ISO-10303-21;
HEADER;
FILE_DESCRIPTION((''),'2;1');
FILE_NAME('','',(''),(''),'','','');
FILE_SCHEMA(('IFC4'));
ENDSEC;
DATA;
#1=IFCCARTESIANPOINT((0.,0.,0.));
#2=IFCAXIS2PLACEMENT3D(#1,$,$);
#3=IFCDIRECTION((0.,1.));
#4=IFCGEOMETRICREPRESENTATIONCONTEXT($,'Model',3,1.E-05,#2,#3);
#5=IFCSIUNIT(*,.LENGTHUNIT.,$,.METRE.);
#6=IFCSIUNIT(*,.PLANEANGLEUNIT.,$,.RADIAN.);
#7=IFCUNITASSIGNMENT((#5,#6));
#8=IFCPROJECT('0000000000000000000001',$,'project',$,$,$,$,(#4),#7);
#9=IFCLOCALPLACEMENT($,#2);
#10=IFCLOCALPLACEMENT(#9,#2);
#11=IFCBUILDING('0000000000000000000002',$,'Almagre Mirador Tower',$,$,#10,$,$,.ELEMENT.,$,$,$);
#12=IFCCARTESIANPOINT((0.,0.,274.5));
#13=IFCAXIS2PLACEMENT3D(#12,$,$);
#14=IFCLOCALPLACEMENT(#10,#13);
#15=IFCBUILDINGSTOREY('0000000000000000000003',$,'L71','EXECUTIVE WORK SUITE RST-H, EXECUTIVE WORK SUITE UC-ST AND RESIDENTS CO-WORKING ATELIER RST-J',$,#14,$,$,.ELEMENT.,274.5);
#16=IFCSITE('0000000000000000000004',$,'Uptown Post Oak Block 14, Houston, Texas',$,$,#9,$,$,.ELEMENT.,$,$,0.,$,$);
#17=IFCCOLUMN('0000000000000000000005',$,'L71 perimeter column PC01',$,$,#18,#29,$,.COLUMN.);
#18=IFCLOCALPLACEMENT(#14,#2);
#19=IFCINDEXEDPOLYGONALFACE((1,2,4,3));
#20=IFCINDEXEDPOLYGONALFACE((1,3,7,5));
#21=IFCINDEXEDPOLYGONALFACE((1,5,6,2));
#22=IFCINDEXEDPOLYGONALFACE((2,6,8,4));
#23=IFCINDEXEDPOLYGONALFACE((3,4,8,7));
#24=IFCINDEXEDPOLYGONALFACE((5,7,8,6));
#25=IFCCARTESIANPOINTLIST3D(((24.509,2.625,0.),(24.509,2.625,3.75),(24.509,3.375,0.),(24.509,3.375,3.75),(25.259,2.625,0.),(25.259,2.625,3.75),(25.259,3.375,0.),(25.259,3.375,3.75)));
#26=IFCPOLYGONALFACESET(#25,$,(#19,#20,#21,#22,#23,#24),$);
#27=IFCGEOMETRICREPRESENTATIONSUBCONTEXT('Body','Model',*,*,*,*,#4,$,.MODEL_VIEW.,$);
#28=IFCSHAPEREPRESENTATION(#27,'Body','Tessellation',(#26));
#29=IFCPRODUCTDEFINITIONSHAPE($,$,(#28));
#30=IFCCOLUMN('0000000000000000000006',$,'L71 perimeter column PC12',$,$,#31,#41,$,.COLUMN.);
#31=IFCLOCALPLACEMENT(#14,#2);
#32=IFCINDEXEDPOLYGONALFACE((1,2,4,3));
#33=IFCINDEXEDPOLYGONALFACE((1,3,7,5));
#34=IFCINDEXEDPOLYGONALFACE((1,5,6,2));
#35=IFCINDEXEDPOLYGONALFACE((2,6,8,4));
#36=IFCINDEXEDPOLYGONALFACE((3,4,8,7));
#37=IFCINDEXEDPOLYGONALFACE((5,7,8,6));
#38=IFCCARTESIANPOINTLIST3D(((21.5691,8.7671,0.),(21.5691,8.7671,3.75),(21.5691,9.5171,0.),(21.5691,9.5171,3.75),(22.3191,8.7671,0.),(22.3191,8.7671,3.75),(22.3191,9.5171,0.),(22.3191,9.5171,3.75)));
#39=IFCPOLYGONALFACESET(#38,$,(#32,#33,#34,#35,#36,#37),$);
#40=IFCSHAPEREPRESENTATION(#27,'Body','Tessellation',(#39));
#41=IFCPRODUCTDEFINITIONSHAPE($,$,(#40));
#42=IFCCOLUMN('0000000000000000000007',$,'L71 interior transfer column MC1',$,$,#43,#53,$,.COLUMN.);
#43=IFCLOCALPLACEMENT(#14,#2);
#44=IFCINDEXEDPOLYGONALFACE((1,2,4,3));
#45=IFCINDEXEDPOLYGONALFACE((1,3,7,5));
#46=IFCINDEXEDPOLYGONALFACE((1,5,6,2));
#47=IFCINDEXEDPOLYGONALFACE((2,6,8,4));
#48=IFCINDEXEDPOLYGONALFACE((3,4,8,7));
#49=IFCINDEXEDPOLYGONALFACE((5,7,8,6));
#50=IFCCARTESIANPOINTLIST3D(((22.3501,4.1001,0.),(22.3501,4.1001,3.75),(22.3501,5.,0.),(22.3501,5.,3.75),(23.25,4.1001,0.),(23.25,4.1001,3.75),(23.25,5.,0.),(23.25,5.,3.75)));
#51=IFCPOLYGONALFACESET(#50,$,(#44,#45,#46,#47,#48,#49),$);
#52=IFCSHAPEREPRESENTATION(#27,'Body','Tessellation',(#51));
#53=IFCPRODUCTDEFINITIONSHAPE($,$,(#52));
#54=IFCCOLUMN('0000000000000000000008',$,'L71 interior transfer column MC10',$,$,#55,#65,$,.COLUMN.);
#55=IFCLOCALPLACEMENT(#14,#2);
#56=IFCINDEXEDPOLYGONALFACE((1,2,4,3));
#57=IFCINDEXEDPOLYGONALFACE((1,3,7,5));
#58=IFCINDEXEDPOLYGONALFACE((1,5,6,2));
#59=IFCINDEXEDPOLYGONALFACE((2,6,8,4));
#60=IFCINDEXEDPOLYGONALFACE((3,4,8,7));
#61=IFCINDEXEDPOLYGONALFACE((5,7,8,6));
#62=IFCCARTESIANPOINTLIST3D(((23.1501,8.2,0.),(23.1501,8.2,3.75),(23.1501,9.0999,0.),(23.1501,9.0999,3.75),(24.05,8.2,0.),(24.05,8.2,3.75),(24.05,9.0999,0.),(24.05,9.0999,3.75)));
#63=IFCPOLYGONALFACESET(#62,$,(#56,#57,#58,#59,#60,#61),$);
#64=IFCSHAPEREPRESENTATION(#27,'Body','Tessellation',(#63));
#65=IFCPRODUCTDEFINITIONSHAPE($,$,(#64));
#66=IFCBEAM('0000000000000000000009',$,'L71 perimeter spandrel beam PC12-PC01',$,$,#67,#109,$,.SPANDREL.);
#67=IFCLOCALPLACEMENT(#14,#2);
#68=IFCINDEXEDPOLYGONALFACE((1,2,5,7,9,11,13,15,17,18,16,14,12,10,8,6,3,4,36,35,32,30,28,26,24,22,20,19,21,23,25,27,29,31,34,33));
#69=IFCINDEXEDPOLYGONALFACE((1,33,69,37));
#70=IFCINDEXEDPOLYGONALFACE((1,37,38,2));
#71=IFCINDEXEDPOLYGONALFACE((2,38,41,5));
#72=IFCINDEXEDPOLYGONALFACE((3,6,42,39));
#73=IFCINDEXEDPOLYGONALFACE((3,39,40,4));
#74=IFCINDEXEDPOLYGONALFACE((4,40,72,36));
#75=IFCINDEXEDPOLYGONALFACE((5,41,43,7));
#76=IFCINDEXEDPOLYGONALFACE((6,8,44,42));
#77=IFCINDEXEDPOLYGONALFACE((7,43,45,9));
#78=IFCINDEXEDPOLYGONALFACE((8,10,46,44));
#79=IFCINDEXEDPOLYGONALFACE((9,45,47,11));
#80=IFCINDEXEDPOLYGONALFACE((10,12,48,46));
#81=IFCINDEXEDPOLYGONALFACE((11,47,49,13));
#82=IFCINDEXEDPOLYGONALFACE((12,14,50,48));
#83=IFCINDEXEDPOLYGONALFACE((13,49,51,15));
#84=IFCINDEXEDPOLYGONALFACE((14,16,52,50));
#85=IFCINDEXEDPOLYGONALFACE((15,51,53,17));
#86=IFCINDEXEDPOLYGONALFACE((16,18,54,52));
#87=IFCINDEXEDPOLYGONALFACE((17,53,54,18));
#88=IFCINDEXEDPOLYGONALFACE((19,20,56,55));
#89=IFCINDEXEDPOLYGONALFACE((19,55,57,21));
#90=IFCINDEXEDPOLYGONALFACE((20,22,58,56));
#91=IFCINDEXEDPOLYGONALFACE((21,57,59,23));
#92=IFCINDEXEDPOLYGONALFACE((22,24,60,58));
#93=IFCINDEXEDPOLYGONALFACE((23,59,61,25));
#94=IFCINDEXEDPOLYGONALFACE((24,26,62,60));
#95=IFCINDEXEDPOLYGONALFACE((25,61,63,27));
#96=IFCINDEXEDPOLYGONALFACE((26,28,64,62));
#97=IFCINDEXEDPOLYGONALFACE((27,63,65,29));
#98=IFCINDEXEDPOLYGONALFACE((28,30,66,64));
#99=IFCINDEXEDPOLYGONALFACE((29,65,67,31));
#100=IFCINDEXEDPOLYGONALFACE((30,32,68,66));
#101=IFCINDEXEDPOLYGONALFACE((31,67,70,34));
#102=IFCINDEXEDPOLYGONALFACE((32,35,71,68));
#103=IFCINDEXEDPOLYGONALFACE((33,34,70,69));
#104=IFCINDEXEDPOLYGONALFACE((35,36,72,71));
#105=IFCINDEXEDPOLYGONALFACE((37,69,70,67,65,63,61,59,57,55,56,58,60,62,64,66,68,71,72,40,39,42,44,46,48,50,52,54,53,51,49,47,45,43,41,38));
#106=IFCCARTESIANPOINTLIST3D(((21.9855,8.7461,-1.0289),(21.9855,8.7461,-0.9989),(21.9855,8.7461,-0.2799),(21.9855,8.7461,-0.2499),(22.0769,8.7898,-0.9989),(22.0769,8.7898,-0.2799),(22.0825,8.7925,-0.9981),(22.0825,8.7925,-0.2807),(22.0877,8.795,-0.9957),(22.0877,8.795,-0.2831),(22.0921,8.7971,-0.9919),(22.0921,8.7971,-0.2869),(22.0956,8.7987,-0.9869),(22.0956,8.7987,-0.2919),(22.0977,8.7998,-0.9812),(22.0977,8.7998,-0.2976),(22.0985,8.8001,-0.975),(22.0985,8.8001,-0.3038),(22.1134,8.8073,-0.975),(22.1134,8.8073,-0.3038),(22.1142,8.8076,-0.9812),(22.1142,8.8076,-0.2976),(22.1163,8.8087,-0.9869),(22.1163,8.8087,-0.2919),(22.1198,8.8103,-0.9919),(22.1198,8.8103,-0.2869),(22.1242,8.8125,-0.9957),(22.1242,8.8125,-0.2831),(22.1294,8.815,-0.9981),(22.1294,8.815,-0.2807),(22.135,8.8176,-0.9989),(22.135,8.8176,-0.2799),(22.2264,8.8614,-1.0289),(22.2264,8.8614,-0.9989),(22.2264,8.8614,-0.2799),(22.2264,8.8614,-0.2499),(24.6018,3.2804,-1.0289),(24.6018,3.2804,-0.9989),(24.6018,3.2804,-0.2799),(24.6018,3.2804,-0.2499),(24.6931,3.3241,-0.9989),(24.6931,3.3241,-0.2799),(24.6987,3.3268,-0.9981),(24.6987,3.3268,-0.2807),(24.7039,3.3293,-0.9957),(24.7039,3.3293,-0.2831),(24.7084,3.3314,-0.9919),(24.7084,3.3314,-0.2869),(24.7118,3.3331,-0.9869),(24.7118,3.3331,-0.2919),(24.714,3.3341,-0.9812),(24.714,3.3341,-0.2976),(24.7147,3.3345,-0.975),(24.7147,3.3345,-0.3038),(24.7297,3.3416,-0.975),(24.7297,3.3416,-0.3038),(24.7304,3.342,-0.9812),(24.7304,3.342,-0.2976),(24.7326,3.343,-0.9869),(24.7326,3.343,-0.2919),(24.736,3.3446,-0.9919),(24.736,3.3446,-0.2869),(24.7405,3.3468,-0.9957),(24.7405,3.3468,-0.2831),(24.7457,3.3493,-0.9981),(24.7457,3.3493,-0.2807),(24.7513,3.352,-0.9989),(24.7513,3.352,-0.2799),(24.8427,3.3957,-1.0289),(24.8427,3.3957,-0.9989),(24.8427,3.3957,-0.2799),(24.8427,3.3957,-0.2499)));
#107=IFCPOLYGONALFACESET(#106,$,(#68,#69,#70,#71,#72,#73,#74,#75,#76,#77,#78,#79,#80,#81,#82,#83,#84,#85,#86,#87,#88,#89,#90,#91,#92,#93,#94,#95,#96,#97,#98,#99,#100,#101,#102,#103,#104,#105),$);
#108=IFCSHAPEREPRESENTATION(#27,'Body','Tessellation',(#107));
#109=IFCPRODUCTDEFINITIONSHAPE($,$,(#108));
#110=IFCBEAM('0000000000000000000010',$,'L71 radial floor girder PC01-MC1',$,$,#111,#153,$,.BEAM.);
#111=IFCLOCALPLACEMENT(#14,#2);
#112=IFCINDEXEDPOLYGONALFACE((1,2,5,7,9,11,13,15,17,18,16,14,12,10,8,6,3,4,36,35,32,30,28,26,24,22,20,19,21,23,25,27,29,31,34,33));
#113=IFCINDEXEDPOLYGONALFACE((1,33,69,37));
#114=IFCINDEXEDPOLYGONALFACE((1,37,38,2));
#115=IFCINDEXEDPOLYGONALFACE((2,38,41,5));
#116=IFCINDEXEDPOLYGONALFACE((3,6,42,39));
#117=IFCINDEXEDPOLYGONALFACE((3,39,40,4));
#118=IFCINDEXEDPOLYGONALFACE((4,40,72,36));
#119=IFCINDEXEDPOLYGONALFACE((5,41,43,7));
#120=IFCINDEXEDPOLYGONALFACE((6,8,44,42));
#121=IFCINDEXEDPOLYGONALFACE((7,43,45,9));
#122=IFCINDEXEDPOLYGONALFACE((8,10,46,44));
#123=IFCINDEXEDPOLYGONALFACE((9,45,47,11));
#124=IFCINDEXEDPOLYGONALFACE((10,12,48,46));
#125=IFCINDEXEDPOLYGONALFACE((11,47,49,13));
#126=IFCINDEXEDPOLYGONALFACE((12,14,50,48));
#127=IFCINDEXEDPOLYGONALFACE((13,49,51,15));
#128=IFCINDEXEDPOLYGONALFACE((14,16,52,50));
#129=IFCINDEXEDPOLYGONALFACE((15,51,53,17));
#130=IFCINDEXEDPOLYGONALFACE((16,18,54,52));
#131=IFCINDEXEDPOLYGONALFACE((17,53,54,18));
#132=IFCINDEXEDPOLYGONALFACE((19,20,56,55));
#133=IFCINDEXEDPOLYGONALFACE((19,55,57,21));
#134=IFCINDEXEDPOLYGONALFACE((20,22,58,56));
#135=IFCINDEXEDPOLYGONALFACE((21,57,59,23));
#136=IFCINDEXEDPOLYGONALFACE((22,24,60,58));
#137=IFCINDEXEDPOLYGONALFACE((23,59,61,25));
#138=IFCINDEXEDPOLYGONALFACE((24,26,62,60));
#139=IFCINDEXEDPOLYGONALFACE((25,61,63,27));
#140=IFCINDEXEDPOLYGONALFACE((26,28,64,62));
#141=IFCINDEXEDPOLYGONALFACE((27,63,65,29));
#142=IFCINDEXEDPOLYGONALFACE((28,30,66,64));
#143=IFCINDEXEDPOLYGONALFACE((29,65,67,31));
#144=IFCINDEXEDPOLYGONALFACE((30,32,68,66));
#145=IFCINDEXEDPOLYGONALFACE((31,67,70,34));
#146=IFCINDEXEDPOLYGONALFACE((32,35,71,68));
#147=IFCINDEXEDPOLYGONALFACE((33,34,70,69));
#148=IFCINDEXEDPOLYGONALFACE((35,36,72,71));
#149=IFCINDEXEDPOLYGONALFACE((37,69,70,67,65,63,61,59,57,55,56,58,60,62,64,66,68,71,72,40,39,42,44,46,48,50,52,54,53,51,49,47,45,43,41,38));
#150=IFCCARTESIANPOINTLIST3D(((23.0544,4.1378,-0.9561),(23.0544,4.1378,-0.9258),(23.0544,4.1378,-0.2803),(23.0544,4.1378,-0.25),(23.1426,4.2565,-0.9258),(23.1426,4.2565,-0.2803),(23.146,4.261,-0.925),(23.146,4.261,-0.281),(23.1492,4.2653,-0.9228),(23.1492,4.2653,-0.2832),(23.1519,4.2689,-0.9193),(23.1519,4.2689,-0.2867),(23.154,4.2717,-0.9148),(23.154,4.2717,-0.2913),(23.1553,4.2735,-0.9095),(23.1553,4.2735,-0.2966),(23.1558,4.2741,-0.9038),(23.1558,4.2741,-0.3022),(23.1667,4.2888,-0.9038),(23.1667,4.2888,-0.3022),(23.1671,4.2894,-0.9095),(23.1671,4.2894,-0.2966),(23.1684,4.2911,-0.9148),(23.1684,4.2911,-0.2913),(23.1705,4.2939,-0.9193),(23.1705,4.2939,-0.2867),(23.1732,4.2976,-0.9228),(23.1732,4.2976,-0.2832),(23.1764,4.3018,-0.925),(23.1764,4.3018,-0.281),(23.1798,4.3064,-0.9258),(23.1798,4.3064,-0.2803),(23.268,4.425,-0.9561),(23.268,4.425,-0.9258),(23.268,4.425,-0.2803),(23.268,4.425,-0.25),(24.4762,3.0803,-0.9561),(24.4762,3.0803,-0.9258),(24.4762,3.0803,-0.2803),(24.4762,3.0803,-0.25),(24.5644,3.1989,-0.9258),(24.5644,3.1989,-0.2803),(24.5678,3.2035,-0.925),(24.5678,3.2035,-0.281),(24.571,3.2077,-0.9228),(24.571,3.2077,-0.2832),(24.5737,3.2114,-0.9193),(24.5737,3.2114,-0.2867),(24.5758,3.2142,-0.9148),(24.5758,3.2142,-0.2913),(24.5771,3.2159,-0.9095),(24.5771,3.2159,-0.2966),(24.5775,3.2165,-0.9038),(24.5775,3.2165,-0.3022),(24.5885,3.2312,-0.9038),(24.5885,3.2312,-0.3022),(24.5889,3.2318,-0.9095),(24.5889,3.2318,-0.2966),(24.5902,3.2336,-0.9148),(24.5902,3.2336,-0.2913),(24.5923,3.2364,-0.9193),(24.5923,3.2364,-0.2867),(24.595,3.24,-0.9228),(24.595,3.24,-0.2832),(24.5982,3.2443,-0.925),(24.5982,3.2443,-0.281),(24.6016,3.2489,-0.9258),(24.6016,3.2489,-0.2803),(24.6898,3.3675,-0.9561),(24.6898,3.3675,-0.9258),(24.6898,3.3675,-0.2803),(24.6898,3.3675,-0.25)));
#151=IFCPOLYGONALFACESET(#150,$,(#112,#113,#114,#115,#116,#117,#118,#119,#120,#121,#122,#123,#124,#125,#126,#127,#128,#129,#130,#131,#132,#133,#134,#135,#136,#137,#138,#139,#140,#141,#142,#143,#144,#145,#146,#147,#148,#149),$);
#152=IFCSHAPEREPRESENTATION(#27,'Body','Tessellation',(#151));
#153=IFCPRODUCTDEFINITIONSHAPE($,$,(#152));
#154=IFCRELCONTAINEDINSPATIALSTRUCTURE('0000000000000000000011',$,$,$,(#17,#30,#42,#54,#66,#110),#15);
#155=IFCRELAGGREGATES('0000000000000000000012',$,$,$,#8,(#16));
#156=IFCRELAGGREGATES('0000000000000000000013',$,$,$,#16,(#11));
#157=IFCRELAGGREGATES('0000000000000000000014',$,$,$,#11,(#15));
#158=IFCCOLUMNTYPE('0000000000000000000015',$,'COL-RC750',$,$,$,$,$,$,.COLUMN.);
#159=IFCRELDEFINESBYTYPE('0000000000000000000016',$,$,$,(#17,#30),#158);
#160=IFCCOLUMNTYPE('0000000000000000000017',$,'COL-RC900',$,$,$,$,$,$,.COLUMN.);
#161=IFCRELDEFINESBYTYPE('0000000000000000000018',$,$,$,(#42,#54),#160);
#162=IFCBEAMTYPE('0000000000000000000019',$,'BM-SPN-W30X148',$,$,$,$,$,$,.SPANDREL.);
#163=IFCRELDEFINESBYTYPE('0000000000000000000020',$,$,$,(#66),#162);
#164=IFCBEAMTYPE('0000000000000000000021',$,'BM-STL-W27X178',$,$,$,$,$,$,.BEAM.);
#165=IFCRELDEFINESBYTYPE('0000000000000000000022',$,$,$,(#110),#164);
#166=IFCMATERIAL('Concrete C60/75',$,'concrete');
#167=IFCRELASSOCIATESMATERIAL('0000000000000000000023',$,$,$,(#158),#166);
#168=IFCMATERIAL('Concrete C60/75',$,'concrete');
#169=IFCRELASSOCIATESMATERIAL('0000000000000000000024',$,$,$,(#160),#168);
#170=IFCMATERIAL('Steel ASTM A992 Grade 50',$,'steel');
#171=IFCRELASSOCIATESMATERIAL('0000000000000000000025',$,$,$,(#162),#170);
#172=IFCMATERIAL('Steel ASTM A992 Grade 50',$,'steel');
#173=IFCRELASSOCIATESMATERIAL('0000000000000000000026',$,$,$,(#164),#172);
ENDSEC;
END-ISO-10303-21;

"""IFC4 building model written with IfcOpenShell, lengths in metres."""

from ifc_helpers import new_model, si_unit, direction, frame, origin, origin_2d, place, context, subcontext, project, spatial, rectangle, i_section, extrude, material, material_profile, profile_set, type_object, element, save


model = new_model("IFC4")

# Units and contexts
model_context = context("Model", 3, precision=1e-05, world=origin(), true_north=direction((0.0, 1.0)))
body_context = subcontext(model_context, "Body", "Model", "MODEL_VIEW")
ifc_project = project(units=[si_unit("LENGTHUNIT", "METRE"), si_unit("PLANEANGLEUNIT", "RADIAN")], contexts=[model_context])

# Site, building, storey
site_placement = place(None, origin())
site = spatial("IfcSite", under=ifc_project, at=site_placement, Name="Uptown Post Oak Block 14, Houston, Texas", CompositionType="ELEMENT", RefElevation=0.0)
building_placement = place(site_placement, origin())
building = spatial("IfcBuilding", under=site, at=building_placement, Name="Almagre Mirador Tower", CompositionType="ELEMENT")
storey_placement = place(building_placement, frame((0.0, 0.0, 274.5)))
storey = spatial("IfcBuildingStorey", under=building, at=storey_placement, Name="L71", Description="EXECUTIVE WORK SUITE RST-H, EXECUTIVE WORK SUITE UC-ST AND RESIDENTS CO-WORKING ATELIER RST-J", CompositionType="ELEMENT", Elevation=274.5)

# Columns
ifc_material_1 = material(Name="Concrete C60/75", Category="concrete")
ifc_material_profile_1 = material_profile(ifc_material_1, rectangle(XDim=0.75, YDim=0.75, at=origin_2d()), Name="RC750X750")
ifc_profile_set_1 = profile_set([ifc_material_profile_1], Name="Concrete C60/75")
column_type_1 = type_object("IfcColumnType", Name="COL-RC750", PredefinedType="COLUMN", material=ifc_profile_set_1)
for number, where, z_axis, x_axis, name in (
    (1, (24.884, 3.0, 0.0), (0.0, 0.0, 1.0), (1.0, 0.0, 0.0), "L71 perimeter column PC01"),
    (2, (21.9441, 9.1421, 0.0), (0.0, 0.0, 1.0), (1.0, 0.0, 0.0), "L71 perimeter column PC12"),
):
    element("IfcColumn", number, at=place(storey_placement, frame(where, z_axis=z_axis, x_axis=x_axis)), inside=storey, type_object=column_type_1, Name=name, PredefinedType="COLUMN", context=body_context, shape_type="SweptSolid", body=[
        extrude(rectangle(XDim=0.75, YDim=0.75, at=origin_2d()), origin(), (0.0, 0.0, 1.0), 3.75),
    ])
ifc_material_2 = material(Name="Concrete C60/75", Category="concrete")
ifc_material_profile_2 = material_profile(ifc_material_2, rectangle(XDim=0.8999, YDim=0.8999, at=origin_2d()), Name="RC900X900")
ifc_profile_set_2 = profile_set([ifc_material_profile_2], Name="Concrete C60/75")
column_type_2 = type_object("IfcColumnType", Name="COL-RC900", PredefinedType="COLUMN", material=ifc_profile_set_2)
for number, where, z_axis, x_axis, name in (
    (3, (22.8, 4.55, 0.0), (0.0, 0.0, 1.0), (1.0, 0.0, 0.0), "L71 interior transfer column MC1"),
    (4, (23.6001, 8.6499, 0.0), (0.0, 0.0, 1.0), (1.0, 0.0, 0.0), "L71 interior transfer column MC10"),
):
    element("IfcColumn", number, at=place(storey_placement, frame(where, z_axis=z_axis, x_axis=x_axis)), inside=storey, type_object=column_type_2, Name=name, PredefinedType="COLUMN", context=body_context, shape_type="SweptSolid", body=[
        extrude(rectangle(XDim=0.8999, YDim=0.8999, at=origin_2d()), origin(), (0.0, 0.0, 1.0), 3.75),
    ])

# Beams
ifc_material_3 = material(Name="Steel ASTM A992 Grade 50", Category="steel")
ifc_material_profile_3 = material_profile(ifc_material_3, i_section(OverallWidth=0.2671, OverallDepth=0.7791, WebThickness=0.0166, FlangeThickness=0.03, FilletRadius=0.0239, at=origin_2d()), Name="W30X148")
ifc_profile_set_3 = profile_set([ifc_material_profile_3], Name="Steel ASTM A992 Grade 50")
beam_type_1 = type_object("IfcBeamType", Name="BM-SPN-W30X148", PredefinedType="SPANDREL", material=ifc_profile_set_3)
beam_1_placement = place(storey_placement, frame((22.106, 8.8037, -0.6394), z_axis=(0.431756, -0.90199, 0.0), x_axis=(0.90199, 0.431756, 0.0)))
element("IfcBeam", 5, at=beam_1_placement, inside=storey, type_object=beam_type_1, Name="L71 perimeter spandrel beam PC12-PC01", PredefinedType="SPANDREL", context=body_context, shape_type="SweptSolid", body=[
    extrude(i_section(OverallWidth=0.2671, OverallDepth=0.7791, WebThickness=0.0166, FlangeThickness=0.03, FilletRadius=0.0239, at=origin_2d()), origin(), (0.0, 0.0, 1.0), 6.0596),
])
ifc_material_4 = material(Name="Steel ASTM A992 Grade 50", Category="steel")
ifc_material_profile_4 = material_profile(ifc_material_4, i_section(OverallWidth=0.3579, OverallDepth=0.7061, WebThickness=0.0183, FlangeThickness=0.0303, FilletRadius=0.022, at=origin_2d()), Name="W27X178")
ifc_profile_set_4 = profile_set([ifc_material_profile_4], Name="Steel ASTM A992 Grade 50")
beam_type_2 = type_object("IfcBeamType", Name="BM-STL-W27X178", PredefinedType="BEAM", material=ifc_profile_set_4)
beam_2_placement = place(storey_placement, frame((24.583, 3.2239, -0.603), z_axis=(-0.802374, 0.596821, 0.0), x_axis=(-0.596821, -0.802374, 0.0)))
element("IfcBeam", 6, at=beam_2_placement, inside=storey, type_object=beam_type_2, Name="L71 radial floor girder PC01-MC1", PredefinedType="BEAM", context=body_context, shape_type="SweptSolid", body=[
    extrude(i_section(OverallWidth=0.3579, OverallDepth=0.7061, WebThickness=0.0183, FlangeThickness=0.0303, FilletRadius=0.022, at=origin_2d()), origin(), (0.0, 0.0, 1.0), 1.772),
])

save(model, "model.ifc")
